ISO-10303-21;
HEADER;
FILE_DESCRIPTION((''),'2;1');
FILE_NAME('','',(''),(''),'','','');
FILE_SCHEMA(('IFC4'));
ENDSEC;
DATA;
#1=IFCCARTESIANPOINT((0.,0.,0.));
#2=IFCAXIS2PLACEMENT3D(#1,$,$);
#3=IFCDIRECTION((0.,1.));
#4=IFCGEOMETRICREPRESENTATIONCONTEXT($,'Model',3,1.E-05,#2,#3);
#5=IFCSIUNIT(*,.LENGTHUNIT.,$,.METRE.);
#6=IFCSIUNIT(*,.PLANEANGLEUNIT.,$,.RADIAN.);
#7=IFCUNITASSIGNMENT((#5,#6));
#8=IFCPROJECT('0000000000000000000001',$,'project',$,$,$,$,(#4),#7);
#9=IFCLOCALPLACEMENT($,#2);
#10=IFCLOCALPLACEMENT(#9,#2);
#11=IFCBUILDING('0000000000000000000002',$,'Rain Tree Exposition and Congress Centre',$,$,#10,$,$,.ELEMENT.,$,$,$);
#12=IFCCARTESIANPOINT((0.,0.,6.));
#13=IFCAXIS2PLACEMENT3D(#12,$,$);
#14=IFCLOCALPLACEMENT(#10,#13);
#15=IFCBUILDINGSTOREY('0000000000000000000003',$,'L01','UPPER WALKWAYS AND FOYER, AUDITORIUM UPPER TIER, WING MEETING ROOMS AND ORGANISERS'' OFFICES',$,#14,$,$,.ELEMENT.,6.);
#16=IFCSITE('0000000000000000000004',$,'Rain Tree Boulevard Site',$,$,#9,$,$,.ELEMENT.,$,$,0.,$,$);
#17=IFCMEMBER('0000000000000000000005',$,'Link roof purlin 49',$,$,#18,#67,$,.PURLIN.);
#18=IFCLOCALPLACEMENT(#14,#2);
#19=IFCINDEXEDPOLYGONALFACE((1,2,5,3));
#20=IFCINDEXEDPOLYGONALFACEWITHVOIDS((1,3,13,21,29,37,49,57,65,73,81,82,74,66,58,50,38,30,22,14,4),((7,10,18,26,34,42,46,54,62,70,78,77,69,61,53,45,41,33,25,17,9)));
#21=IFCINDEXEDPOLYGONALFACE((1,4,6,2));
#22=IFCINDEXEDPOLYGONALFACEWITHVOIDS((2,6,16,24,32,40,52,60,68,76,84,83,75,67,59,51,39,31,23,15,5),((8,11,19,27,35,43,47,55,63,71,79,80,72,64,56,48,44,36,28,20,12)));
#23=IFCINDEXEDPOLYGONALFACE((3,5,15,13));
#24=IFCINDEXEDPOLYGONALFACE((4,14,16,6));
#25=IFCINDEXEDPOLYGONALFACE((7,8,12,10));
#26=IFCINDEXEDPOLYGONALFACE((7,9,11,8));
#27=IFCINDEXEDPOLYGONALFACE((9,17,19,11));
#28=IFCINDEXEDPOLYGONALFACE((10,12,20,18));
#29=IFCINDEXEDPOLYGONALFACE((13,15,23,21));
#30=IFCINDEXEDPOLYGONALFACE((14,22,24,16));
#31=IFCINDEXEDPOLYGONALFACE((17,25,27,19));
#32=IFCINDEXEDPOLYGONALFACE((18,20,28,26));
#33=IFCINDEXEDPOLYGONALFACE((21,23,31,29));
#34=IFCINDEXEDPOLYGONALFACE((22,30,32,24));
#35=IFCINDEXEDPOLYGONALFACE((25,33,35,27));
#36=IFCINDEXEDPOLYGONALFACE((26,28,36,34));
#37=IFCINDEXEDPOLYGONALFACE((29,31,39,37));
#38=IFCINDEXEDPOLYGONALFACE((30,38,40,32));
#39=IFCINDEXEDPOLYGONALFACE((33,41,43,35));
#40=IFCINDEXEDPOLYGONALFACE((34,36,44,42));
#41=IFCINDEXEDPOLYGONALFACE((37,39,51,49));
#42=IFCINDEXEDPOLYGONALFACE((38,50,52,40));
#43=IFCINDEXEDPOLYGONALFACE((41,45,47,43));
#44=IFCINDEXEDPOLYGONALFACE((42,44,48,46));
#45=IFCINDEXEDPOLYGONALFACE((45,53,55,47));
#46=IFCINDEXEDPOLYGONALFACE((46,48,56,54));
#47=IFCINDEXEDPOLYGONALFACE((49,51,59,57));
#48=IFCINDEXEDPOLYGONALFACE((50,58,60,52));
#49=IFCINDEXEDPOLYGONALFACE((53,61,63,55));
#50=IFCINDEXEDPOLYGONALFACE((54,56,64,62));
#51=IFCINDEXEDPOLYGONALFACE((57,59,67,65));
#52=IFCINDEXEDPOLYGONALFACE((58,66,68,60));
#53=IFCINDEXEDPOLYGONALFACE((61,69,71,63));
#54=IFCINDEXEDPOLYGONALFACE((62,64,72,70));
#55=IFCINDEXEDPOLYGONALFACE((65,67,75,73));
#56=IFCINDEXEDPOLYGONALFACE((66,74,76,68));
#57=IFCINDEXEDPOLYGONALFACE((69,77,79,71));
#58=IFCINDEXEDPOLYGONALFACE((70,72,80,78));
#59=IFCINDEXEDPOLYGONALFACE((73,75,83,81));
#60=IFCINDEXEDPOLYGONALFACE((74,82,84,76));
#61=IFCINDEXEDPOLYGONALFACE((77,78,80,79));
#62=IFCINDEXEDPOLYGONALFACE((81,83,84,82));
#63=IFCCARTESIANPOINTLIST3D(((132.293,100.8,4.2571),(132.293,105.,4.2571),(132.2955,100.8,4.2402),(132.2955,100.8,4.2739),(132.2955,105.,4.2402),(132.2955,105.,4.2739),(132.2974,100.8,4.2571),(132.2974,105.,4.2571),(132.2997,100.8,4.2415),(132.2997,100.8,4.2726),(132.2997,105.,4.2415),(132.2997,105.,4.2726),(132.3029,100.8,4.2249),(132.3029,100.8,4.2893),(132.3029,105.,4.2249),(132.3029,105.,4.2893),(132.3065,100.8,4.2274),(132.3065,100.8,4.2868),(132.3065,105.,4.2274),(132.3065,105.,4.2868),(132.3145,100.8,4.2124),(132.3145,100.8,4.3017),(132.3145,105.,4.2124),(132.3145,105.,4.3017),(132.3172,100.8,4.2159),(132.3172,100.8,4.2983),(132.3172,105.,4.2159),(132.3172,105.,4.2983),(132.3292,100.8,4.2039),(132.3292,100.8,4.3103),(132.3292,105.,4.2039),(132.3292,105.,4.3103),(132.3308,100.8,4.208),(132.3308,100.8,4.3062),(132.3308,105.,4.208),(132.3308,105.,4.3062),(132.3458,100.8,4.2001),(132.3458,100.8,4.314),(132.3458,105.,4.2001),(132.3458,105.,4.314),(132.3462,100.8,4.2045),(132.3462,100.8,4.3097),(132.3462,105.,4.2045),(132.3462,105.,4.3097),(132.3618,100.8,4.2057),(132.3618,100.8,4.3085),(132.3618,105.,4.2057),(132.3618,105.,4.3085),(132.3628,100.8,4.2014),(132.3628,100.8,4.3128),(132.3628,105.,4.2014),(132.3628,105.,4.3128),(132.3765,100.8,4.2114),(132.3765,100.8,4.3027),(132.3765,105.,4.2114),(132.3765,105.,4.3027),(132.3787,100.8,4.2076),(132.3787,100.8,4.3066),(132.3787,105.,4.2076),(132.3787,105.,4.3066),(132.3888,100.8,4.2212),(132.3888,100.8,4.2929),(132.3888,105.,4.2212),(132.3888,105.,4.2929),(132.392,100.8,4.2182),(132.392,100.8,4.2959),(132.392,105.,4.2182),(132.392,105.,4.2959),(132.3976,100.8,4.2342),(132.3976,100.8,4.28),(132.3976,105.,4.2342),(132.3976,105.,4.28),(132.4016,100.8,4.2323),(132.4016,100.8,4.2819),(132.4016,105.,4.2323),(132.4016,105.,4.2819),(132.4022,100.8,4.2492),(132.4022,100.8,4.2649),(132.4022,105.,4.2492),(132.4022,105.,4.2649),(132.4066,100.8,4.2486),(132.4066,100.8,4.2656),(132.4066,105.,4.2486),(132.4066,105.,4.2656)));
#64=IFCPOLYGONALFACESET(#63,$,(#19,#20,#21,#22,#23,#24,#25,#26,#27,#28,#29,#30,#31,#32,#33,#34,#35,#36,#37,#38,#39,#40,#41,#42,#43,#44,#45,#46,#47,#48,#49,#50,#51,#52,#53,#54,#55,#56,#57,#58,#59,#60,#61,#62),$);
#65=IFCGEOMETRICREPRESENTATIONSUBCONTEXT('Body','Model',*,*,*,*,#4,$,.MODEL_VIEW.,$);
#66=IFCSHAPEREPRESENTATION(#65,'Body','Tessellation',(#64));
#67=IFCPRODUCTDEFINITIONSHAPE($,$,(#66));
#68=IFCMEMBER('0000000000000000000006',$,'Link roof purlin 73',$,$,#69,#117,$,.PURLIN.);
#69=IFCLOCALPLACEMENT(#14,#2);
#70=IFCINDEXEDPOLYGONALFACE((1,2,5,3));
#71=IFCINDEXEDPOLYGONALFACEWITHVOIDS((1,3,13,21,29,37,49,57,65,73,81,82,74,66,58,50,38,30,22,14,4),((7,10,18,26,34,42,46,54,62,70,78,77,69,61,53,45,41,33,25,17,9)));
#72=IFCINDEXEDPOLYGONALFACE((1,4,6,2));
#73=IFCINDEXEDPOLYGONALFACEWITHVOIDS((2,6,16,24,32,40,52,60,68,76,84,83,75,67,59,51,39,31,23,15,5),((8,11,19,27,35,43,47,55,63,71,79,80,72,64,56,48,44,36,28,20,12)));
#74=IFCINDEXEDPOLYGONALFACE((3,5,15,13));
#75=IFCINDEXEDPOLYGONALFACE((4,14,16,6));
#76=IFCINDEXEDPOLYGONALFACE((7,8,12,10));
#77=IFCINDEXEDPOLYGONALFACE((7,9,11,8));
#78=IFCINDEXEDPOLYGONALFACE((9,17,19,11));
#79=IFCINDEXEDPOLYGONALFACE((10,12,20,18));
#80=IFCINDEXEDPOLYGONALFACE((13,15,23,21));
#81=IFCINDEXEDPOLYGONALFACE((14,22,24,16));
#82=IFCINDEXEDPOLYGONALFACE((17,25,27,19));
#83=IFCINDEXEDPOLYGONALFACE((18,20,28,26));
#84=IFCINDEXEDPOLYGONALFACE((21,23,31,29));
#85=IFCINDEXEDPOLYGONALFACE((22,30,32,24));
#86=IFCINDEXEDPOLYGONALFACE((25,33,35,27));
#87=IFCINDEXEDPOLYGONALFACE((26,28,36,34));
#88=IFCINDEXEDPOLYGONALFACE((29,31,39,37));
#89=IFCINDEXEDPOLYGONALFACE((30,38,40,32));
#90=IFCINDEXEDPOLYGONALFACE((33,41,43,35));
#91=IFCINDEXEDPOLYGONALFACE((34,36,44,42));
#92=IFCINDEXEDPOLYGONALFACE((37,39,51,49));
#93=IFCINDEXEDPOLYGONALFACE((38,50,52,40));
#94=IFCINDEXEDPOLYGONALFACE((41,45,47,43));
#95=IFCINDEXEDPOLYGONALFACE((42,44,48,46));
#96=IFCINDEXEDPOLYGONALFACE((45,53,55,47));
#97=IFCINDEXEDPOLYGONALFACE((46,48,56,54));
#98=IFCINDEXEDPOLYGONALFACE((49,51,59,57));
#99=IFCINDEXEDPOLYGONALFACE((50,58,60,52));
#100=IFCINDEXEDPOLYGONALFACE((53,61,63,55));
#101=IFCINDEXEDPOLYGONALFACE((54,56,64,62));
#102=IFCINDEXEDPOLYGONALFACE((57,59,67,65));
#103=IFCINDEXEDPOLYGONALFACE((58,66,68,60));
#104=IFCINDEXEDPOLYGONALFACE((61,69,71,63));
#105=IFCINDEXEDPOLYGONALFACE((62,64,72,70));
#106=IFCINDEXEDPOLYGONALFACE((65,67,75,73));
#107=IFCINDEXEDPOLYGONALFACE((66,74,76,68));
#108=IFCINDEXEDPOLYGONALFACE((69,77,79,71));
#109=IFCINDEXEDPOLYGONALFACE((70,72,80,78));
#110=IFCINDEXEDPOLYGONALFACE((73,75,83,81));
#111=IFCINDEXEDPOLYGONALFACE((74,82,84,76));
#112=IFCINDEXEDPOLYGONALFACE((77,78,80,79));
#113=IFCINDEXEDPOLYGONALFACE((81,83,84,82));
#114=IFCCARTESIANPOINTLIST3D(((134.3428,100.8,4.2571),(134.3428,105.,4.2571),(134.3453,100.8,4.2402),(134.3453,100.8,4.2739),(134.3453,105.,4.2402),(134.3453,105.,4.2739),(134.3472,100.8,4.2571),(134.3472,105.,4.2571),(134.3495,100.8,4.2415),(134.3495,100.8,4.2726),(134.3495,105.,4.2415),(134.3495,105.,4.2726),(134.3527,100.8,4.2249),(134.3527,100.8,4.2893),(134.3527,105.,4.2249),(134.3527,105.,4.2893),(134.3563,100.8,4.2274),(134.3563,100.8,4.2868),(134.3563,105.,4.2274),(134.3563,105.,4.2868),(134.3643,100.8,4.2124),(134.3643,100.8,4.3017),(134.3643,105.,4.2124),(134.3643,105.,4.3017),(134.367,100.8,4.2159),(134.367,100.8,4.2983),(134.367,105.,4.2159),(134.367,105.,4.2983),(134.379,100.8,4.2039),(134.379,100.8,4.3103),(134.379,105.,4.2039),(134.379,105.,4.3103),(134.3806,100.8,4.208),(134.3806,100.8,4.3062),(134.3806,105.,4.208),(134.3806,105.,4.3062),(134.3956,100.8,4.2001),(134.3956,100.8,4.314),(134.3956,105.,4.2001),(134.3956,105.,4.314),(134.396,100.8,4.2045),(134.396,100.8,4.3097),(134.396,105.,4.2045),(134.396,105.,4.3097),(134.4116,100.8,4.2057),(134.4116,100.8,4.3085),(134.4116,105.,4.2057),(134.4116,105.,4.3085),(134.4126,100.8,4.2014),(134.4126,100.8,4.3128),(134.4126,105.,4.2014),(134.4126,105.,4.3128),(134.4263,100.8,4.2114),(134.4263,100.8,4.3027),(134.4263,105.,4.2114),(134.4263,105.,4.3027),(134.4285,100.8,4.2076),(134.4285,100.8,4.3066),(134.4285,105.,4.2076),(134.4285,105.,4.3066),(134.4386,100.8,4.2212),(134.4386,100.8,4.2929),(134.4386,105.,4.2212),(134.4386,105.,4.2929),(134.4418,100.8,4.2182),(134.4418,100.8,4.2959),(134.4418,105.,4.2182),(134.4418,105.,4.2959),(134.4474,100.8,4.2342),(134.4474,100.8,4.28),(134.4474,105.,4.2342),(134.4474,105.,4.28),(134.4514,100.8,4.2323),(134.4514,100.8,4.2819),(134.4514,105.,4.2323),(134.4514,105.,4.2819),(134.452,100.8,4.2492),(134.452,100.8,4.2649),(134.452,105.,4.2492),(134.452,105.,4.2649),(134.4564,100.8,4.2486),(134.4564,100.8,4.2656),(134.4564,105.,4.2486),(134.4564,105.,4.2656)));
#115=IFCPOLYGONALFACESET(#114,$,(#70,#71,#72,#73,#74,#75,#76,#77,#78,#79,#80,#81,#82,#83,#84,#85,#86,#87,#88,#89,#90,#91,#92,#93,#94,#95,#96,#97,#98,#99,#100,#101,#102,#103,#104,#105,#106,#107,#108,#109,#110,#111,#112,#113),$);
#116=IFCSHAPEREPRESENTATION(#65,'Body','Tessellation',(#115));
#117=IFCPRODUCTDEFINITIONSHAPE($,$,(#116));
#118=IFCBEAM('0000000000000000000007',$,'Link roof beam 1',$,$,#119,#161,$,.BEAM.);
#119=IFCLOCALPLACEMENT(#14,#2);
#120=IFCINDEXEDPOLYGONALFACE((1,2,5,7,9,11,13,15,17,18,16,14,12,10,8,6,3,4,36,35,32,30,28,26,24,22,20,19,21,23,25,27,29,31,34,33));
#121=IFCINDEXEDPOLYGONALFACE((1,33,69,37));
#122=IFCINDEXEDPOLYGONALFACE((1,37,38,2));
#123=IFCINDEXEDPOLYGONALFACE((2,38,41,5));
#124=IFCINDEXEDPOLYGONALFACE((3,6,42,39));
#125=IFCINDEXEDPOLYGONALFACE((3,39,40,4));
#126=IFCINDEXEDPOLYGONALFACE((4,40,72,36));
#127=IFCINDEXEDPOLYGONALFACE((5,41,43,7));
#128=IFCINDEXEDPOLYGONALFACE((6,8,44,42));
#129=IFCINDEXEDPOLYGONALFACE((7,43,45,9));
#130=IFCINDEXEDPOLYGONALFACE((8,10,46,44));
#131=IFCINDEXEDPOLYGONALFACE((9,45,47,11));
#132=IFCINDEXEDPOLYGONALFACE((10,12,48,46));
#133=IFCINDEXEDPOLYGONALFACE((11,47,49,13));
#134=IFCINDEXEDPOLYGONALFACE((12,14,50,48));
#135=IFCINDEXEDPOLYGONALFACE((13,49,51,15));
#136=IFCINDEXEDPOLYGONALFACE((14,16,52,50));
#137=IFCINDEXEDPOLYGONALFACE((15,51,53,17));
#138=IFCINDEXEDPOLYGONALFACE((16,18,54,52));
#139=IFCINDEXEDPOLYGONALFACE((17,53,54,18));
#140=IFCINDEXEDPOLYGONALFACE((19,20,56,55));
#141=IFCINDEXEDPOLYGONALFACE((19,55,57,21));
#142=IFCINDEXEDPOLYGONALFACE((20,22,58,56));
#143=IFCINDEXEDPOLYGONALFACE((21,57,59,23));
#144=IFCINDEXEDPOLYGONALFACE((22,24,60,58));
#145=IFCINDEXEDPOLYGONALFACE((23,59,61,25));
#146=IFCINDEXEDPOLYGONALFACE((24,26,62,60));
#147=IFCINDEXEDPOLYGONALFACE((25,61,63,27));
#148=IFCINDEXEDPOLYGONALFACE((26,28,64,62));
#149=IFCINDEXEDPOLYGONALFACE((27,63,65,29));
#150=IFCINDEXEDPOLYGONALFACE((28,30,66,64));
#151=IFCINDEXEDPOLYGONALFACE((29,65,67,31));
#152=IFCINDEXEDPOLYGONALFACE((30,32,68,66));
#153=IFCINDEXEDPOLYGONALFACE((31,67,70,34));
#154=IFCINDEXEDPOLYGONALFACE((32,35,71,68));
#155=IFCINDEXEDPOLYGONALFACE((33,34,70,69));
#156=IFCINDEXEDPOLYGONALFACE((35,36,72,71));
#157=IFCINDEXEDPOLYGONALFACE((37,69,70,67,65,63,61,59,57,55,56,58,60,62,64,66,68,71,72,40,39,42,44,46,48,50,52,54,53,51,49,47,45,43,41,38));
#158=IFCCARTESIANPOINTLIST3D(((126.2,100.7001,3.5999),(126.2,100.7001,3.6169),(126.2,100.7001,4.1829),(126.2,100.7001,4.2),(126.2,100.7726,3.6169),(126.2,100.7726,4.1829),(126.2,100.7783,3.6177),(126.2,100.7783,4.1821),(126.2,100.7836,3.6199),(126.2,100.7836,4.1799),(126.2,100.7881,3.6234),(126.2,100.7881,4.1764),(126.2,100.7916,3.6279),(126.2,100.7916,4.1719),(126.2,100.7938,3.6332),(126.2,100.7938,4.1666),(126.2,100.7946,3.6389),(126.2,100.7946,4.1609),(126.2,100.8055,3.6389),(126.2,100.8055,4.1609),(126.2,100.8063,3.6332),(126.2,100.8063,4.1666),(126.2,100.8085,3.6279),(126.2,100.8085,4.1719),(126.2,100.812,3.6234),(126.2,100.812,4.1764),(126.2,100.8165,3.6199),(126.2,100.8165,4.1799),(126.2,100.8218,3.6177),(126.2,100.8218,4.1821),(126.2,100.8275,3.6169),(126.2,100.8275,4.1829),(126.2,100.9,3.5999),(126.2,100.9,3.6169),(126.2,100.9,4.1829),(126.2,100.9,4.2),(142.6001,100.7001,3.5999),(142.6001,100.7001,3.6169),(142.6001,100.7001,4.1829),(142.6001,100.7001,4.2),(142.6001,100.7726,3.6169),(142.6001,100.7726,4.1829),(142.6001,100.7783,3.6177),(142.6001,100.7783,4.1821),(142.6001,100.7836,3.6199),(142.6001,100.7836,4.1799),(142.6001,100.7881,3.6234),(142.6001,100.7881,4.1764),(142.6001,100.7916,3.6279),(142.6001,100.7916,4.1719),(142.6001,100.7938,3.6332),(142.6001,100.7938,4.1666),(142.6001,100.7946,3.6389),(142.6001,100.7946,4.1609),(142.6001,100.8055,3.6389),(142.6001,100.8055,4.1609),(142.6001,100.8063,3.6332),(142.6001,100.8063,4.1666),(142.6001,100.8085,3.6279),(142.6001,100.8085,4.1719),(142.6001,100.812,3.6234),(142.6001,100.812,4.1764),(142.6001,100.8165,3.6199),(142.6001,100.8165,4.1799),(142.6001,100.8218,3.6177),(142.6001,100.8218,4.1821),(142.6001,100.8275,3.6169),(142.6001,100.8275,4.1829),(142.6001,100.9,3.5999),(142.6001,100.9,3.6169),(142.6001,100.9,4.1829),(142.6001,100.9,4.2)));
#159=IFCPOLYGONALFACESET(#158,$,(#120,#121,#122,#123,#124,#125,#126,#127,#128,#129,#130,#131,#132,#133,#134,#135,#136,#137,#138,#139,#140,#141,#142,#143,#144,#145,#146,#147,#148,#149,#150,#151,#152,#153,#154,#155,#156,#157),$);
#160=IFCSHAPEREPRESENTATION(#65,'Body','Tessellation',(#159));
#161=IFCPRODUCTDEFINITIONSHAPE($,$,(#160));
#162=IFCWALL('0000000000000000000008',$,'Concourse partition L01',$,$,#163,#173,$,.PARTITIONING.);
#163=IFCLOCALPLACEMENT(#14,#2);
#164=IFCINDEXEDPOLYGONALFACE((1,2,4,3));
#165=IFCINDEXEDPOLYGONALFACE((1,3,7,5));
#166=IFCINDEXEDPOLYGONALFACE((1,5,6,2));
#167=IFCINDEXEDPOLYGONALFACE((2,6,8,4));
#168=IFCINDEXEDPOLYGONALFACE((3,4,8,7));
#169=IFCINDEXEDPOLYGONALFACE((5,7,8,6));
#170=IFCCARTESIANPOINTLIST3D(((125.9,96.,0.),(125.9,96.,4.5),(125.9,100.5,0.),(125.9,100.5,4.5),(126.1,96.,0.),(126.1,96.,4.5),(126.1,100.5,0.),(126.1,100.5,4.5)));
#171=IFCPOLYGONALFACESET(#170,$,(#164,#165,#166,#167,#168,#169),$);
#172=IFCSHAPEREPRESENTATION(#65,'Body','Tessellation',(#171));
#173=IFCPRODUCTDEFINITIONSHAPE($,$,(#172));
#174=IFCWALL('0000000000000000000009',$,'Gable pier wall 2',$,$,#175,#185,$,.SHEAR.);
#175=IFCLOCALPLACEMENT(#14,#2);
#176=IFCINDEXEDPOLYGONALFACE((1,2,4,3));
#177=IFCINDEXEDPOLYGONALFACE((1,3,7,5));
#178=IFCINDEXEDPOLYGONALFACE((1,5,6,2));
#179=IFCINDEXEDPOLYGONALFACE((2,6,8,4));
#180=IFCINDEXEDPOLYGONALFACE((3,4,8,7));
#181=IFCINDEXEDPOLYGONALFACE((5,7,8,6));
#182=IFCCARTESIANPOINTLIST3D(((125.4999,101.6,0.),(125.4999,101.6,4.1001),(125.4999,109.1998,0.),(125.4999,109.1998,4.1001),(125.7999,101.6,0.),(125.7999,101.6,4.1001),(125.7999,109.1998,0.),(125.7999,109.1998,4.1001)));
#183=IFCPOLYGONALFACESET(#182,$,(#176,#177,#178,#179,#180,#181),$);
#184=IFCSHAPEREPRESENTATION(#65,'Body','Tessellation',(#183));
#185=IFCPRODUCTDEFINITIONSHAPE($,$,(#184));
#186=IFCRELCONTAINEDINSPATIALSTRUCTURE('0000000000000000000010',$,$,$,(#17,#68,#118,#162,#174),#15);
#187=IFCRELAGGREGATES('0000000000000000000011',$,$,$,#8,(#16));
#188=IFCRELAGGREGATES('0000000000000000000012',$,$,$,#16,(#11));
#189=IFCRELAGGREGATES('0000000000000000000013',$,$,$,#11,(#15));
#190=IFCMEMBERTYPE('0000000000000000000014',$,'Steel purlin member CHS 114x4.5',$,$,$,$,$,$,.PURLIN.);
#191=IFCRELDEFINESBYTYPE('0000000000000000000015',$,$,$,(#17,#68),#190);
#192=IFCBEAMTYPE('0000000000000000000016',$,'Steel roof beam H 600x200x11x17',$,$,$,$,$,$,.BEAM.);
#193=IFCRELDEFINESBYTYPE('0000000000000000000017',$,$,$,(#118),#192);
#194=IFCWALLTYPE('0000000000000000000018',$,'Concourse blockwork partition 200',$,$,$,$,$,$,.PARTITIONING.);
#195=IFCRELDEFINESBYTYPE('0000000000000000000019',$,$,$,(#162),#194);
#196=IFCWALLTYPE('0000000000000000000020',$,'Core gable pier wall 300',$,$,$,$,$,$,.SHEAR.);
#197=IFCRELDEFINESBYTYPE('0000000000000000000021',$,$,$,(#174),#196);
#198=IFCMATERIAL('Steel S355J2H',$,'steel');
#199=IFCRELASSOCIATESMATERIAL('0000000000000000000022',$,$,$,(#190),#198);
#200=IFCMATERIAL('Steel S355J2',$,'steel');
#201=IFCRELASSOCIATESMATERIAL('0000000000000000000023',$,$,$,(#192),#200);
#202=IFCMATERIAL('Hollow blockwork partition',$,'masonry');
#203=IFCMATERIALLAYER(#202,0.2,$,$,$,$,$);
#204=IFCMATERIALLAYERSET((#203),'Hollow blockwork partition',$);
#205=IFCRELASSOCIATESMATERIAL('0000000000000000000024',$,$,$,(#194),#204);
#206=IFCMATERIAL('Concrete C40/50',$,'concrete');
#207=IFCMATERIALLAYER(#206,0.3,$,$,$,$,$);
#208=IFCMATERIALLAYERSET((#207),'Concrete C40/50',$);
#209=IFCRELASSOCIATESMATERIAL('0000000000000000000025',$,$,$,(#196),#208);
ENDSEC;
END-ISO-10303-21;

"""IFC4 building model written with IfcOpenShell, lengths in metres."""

from ifc_helpers import new_model, si_unit, direction, frame, frame_2d, origin, origin_2d, place, context, subcontext, project, spatial, rectangle, hollow_circle, i_section, extrude, material, layer, layer_set, material_profile, profile_set, type_object, element, save


model = new_model("IFC4")

# Units and contexts
model_context = context("Model", 3, precision=1e-05, world=origin(), true_north=direction((0.0, 1.0)))
body_context = subcontext(model_context, "Body", "Model", "MODEL_VIEW")
ifc_project = project(units=[si_unit("LENGTHUNIT", "METRE"), si_unit("PLANEANGLEUNIT", "RADIAN")], contexts=[model_context])

# Site, building, storey
site_placement = place(None, origin())
site = spatial("IfcSite", under=ifc_project, at=site_placement, Name="Rain Tree Boulevard Site", CompositionType="ELEMENT", RefElevation=0.0)
building_placement = place(site_placement, origin())
building = spatial("IfcBuilding", under=site, at=building_placement, Name="Rain Tree Exposition and Congress Centre", CompositionType="ELEMENT")
storey_placement = place(building_placement, frame((0.0, 0.0, 6.0)))
storey = spatial("IfcBuildingStorey", under=building, at=storey_placement, Name="L01", Description="UPPER WALKWAYS AND FOYER, AUDITORIUM UPPER TIER, WING MEETING ROOMS AND ORGANISERS' OFFICES", CompositionType="ELEMENT", Elevation=6.0)

# Members
ifc_material_1 = material(Name="Steel S355J2H", Category="steel")
ifc_material_profile_1 = material_profile(ifc_material_1, hollow_circle(Radius=0.0571, WallThickness=0.0044, at=origin_2d()), Name="CHS 114x4.5")
ifc_profile_set_1 = profile_set([ifc_material_profile_1], Name="Steel S355J2H")
member_type = type_object("IfcMemberType", Name="Steel purlin member CHS 114x4.5", PredefinedType="PURLIN", material=ifc_profile_set_1)
for number, where, z_axis, x_axis, name in (
    (1, (132.3501, 100.8, 4.2571), (0.0, 1.0, 0.0), (-1.0, 0.0, 0.0), "Link roof purlin 49"),
    (2, (134.3999, 100.8, 4.2571), (0.0, 1.0, 0.0), (-1.0, 0.0, 0.0), "Link roof purlin 73"),
):
    element("IfcMember", number, at=place(storey_placement, frame(where, z_axis=z_axis, x_axis=x_axis)), inside=storey, type_object=member_type, Name=name, PredefinedType="PURLIN", context=body_context, shape_type="SweptSolid", body=[
        extrude(hollow_circle(Radius=0.0571, WallThickness=0.0044, at=origin_2d()), origin(), (0.0, 0.0, 1.0), 4.2),
    ])

# Beam
ifc_material_2 = material(Name="Steel S355J2", Category="steel")
ifc_material_profile_2 = material_profile(ifc_material_2, i_section(OverallWidth=0.2, OverallDepth=0.6001, WebThickness=0.011, FlangeThickness=0.0171, FilletRadius=0.022, at=origin_2d()), Name="H 600x200x11x17")
ifc_profile_set_2 = profile_set([ifc_material_profile_2], Name="Steel S355J2")
beam_type_1 = type_object("IfcBeamType", Name="Steel roof beam H 600x200x11x17", PredefinedType="BEAM", material=ifc_profile_set_2)
beam_placement = place(storey_placement, frame((126.2, 100.8, 3.8999), z_axis=(1.0, 0.0, 0.0), x_axis=(0.0, 1.0, 0.0)))
element("IfcBeam", 3, at=beam_placement, inside=storey, type_object=beam_type_1, Name="Link roof beam 1", PredefinedType="BEAM", context=body_context, shape_type="SweptSolid", body=[
    extrude(i_section(OverallWidth=0.2, OverallDepth=0.6001, WebThickness=0.011, FlangeThickness=0.0171, FilletRadius=0.022, at=origin_2d()), origin(), (0.0, 0.0, 1.0), 16.4001),
])

# Wall
ifc_material_3 = material(Name="Hollow blockwork partition", Category="masonry")
ifc_layer_1 = layer(ifc_material_3, 0.2)
ifc_layer_set_1 = layer_set([ifc_layer_1], Name="Hollow blockwork partition")
wall_type_1 = type_object("IfcWallType", Name="Concourse blockwork partition 200", PredefinedType="PARTITIONING", material=ifc_layer_set_1)
wall_1_placement = place(storey_placement, frame((126.0, 100.5, 0.0), z_axis=(0.0, 0.0, 1.0), x_axis=(0.0, -1.0, 0.0)))
element("IfcWall", 4, at=wall_1_placement, inside=storey, type_object=wall_type_1, Name="Concourse partition L01", PredefinedType="PARTITIONING", context=body_context, shape_type="SweptSolid", body=[
    extrude(rectangle(XDim=4.5, YDim=0.2, at=frame_2d((2.25, 0.0))), origin(), (0.0, 0.0, 1.0), 4.5),
])

# Wall
ifc_material_4 = material(Name="Concrete C40/50", Category="concrete")
ifc_layer_2 = layer(ifc_material_4, 0.3)
ifc_layer_set_2 = layer_set([ifc_layer_2], Name="Concrete C40/50")
wall_type_2 = type_object("IfcWallType", Name="Core gable pier wall 300", PredefinedType="SHEAR", material=ifc_layer_set_2)
wall_2_placement = place(storey_placement, frame((125.6499, 101.6001, 0.0), z_axis=(0.0, 0.0, 1.0), x_axis=(0.0, 1.0, 0.0)))
element("IfcWall", 5, at=wall_2_placement, inside=storey, type_object=wall_type_2, Name="Gable pier wall 2", PredefinedType="SHEAR", context=body_context, shape_type="SweptSolid", body=[
    extrude(rectangle(XDim=7.5999, YDim=0.3, at=frame_2d((3.7998, 0.0))), origin(), (0.0, 0.0, 1.0), 4.1001),
])

save(model, "model.ifc")
